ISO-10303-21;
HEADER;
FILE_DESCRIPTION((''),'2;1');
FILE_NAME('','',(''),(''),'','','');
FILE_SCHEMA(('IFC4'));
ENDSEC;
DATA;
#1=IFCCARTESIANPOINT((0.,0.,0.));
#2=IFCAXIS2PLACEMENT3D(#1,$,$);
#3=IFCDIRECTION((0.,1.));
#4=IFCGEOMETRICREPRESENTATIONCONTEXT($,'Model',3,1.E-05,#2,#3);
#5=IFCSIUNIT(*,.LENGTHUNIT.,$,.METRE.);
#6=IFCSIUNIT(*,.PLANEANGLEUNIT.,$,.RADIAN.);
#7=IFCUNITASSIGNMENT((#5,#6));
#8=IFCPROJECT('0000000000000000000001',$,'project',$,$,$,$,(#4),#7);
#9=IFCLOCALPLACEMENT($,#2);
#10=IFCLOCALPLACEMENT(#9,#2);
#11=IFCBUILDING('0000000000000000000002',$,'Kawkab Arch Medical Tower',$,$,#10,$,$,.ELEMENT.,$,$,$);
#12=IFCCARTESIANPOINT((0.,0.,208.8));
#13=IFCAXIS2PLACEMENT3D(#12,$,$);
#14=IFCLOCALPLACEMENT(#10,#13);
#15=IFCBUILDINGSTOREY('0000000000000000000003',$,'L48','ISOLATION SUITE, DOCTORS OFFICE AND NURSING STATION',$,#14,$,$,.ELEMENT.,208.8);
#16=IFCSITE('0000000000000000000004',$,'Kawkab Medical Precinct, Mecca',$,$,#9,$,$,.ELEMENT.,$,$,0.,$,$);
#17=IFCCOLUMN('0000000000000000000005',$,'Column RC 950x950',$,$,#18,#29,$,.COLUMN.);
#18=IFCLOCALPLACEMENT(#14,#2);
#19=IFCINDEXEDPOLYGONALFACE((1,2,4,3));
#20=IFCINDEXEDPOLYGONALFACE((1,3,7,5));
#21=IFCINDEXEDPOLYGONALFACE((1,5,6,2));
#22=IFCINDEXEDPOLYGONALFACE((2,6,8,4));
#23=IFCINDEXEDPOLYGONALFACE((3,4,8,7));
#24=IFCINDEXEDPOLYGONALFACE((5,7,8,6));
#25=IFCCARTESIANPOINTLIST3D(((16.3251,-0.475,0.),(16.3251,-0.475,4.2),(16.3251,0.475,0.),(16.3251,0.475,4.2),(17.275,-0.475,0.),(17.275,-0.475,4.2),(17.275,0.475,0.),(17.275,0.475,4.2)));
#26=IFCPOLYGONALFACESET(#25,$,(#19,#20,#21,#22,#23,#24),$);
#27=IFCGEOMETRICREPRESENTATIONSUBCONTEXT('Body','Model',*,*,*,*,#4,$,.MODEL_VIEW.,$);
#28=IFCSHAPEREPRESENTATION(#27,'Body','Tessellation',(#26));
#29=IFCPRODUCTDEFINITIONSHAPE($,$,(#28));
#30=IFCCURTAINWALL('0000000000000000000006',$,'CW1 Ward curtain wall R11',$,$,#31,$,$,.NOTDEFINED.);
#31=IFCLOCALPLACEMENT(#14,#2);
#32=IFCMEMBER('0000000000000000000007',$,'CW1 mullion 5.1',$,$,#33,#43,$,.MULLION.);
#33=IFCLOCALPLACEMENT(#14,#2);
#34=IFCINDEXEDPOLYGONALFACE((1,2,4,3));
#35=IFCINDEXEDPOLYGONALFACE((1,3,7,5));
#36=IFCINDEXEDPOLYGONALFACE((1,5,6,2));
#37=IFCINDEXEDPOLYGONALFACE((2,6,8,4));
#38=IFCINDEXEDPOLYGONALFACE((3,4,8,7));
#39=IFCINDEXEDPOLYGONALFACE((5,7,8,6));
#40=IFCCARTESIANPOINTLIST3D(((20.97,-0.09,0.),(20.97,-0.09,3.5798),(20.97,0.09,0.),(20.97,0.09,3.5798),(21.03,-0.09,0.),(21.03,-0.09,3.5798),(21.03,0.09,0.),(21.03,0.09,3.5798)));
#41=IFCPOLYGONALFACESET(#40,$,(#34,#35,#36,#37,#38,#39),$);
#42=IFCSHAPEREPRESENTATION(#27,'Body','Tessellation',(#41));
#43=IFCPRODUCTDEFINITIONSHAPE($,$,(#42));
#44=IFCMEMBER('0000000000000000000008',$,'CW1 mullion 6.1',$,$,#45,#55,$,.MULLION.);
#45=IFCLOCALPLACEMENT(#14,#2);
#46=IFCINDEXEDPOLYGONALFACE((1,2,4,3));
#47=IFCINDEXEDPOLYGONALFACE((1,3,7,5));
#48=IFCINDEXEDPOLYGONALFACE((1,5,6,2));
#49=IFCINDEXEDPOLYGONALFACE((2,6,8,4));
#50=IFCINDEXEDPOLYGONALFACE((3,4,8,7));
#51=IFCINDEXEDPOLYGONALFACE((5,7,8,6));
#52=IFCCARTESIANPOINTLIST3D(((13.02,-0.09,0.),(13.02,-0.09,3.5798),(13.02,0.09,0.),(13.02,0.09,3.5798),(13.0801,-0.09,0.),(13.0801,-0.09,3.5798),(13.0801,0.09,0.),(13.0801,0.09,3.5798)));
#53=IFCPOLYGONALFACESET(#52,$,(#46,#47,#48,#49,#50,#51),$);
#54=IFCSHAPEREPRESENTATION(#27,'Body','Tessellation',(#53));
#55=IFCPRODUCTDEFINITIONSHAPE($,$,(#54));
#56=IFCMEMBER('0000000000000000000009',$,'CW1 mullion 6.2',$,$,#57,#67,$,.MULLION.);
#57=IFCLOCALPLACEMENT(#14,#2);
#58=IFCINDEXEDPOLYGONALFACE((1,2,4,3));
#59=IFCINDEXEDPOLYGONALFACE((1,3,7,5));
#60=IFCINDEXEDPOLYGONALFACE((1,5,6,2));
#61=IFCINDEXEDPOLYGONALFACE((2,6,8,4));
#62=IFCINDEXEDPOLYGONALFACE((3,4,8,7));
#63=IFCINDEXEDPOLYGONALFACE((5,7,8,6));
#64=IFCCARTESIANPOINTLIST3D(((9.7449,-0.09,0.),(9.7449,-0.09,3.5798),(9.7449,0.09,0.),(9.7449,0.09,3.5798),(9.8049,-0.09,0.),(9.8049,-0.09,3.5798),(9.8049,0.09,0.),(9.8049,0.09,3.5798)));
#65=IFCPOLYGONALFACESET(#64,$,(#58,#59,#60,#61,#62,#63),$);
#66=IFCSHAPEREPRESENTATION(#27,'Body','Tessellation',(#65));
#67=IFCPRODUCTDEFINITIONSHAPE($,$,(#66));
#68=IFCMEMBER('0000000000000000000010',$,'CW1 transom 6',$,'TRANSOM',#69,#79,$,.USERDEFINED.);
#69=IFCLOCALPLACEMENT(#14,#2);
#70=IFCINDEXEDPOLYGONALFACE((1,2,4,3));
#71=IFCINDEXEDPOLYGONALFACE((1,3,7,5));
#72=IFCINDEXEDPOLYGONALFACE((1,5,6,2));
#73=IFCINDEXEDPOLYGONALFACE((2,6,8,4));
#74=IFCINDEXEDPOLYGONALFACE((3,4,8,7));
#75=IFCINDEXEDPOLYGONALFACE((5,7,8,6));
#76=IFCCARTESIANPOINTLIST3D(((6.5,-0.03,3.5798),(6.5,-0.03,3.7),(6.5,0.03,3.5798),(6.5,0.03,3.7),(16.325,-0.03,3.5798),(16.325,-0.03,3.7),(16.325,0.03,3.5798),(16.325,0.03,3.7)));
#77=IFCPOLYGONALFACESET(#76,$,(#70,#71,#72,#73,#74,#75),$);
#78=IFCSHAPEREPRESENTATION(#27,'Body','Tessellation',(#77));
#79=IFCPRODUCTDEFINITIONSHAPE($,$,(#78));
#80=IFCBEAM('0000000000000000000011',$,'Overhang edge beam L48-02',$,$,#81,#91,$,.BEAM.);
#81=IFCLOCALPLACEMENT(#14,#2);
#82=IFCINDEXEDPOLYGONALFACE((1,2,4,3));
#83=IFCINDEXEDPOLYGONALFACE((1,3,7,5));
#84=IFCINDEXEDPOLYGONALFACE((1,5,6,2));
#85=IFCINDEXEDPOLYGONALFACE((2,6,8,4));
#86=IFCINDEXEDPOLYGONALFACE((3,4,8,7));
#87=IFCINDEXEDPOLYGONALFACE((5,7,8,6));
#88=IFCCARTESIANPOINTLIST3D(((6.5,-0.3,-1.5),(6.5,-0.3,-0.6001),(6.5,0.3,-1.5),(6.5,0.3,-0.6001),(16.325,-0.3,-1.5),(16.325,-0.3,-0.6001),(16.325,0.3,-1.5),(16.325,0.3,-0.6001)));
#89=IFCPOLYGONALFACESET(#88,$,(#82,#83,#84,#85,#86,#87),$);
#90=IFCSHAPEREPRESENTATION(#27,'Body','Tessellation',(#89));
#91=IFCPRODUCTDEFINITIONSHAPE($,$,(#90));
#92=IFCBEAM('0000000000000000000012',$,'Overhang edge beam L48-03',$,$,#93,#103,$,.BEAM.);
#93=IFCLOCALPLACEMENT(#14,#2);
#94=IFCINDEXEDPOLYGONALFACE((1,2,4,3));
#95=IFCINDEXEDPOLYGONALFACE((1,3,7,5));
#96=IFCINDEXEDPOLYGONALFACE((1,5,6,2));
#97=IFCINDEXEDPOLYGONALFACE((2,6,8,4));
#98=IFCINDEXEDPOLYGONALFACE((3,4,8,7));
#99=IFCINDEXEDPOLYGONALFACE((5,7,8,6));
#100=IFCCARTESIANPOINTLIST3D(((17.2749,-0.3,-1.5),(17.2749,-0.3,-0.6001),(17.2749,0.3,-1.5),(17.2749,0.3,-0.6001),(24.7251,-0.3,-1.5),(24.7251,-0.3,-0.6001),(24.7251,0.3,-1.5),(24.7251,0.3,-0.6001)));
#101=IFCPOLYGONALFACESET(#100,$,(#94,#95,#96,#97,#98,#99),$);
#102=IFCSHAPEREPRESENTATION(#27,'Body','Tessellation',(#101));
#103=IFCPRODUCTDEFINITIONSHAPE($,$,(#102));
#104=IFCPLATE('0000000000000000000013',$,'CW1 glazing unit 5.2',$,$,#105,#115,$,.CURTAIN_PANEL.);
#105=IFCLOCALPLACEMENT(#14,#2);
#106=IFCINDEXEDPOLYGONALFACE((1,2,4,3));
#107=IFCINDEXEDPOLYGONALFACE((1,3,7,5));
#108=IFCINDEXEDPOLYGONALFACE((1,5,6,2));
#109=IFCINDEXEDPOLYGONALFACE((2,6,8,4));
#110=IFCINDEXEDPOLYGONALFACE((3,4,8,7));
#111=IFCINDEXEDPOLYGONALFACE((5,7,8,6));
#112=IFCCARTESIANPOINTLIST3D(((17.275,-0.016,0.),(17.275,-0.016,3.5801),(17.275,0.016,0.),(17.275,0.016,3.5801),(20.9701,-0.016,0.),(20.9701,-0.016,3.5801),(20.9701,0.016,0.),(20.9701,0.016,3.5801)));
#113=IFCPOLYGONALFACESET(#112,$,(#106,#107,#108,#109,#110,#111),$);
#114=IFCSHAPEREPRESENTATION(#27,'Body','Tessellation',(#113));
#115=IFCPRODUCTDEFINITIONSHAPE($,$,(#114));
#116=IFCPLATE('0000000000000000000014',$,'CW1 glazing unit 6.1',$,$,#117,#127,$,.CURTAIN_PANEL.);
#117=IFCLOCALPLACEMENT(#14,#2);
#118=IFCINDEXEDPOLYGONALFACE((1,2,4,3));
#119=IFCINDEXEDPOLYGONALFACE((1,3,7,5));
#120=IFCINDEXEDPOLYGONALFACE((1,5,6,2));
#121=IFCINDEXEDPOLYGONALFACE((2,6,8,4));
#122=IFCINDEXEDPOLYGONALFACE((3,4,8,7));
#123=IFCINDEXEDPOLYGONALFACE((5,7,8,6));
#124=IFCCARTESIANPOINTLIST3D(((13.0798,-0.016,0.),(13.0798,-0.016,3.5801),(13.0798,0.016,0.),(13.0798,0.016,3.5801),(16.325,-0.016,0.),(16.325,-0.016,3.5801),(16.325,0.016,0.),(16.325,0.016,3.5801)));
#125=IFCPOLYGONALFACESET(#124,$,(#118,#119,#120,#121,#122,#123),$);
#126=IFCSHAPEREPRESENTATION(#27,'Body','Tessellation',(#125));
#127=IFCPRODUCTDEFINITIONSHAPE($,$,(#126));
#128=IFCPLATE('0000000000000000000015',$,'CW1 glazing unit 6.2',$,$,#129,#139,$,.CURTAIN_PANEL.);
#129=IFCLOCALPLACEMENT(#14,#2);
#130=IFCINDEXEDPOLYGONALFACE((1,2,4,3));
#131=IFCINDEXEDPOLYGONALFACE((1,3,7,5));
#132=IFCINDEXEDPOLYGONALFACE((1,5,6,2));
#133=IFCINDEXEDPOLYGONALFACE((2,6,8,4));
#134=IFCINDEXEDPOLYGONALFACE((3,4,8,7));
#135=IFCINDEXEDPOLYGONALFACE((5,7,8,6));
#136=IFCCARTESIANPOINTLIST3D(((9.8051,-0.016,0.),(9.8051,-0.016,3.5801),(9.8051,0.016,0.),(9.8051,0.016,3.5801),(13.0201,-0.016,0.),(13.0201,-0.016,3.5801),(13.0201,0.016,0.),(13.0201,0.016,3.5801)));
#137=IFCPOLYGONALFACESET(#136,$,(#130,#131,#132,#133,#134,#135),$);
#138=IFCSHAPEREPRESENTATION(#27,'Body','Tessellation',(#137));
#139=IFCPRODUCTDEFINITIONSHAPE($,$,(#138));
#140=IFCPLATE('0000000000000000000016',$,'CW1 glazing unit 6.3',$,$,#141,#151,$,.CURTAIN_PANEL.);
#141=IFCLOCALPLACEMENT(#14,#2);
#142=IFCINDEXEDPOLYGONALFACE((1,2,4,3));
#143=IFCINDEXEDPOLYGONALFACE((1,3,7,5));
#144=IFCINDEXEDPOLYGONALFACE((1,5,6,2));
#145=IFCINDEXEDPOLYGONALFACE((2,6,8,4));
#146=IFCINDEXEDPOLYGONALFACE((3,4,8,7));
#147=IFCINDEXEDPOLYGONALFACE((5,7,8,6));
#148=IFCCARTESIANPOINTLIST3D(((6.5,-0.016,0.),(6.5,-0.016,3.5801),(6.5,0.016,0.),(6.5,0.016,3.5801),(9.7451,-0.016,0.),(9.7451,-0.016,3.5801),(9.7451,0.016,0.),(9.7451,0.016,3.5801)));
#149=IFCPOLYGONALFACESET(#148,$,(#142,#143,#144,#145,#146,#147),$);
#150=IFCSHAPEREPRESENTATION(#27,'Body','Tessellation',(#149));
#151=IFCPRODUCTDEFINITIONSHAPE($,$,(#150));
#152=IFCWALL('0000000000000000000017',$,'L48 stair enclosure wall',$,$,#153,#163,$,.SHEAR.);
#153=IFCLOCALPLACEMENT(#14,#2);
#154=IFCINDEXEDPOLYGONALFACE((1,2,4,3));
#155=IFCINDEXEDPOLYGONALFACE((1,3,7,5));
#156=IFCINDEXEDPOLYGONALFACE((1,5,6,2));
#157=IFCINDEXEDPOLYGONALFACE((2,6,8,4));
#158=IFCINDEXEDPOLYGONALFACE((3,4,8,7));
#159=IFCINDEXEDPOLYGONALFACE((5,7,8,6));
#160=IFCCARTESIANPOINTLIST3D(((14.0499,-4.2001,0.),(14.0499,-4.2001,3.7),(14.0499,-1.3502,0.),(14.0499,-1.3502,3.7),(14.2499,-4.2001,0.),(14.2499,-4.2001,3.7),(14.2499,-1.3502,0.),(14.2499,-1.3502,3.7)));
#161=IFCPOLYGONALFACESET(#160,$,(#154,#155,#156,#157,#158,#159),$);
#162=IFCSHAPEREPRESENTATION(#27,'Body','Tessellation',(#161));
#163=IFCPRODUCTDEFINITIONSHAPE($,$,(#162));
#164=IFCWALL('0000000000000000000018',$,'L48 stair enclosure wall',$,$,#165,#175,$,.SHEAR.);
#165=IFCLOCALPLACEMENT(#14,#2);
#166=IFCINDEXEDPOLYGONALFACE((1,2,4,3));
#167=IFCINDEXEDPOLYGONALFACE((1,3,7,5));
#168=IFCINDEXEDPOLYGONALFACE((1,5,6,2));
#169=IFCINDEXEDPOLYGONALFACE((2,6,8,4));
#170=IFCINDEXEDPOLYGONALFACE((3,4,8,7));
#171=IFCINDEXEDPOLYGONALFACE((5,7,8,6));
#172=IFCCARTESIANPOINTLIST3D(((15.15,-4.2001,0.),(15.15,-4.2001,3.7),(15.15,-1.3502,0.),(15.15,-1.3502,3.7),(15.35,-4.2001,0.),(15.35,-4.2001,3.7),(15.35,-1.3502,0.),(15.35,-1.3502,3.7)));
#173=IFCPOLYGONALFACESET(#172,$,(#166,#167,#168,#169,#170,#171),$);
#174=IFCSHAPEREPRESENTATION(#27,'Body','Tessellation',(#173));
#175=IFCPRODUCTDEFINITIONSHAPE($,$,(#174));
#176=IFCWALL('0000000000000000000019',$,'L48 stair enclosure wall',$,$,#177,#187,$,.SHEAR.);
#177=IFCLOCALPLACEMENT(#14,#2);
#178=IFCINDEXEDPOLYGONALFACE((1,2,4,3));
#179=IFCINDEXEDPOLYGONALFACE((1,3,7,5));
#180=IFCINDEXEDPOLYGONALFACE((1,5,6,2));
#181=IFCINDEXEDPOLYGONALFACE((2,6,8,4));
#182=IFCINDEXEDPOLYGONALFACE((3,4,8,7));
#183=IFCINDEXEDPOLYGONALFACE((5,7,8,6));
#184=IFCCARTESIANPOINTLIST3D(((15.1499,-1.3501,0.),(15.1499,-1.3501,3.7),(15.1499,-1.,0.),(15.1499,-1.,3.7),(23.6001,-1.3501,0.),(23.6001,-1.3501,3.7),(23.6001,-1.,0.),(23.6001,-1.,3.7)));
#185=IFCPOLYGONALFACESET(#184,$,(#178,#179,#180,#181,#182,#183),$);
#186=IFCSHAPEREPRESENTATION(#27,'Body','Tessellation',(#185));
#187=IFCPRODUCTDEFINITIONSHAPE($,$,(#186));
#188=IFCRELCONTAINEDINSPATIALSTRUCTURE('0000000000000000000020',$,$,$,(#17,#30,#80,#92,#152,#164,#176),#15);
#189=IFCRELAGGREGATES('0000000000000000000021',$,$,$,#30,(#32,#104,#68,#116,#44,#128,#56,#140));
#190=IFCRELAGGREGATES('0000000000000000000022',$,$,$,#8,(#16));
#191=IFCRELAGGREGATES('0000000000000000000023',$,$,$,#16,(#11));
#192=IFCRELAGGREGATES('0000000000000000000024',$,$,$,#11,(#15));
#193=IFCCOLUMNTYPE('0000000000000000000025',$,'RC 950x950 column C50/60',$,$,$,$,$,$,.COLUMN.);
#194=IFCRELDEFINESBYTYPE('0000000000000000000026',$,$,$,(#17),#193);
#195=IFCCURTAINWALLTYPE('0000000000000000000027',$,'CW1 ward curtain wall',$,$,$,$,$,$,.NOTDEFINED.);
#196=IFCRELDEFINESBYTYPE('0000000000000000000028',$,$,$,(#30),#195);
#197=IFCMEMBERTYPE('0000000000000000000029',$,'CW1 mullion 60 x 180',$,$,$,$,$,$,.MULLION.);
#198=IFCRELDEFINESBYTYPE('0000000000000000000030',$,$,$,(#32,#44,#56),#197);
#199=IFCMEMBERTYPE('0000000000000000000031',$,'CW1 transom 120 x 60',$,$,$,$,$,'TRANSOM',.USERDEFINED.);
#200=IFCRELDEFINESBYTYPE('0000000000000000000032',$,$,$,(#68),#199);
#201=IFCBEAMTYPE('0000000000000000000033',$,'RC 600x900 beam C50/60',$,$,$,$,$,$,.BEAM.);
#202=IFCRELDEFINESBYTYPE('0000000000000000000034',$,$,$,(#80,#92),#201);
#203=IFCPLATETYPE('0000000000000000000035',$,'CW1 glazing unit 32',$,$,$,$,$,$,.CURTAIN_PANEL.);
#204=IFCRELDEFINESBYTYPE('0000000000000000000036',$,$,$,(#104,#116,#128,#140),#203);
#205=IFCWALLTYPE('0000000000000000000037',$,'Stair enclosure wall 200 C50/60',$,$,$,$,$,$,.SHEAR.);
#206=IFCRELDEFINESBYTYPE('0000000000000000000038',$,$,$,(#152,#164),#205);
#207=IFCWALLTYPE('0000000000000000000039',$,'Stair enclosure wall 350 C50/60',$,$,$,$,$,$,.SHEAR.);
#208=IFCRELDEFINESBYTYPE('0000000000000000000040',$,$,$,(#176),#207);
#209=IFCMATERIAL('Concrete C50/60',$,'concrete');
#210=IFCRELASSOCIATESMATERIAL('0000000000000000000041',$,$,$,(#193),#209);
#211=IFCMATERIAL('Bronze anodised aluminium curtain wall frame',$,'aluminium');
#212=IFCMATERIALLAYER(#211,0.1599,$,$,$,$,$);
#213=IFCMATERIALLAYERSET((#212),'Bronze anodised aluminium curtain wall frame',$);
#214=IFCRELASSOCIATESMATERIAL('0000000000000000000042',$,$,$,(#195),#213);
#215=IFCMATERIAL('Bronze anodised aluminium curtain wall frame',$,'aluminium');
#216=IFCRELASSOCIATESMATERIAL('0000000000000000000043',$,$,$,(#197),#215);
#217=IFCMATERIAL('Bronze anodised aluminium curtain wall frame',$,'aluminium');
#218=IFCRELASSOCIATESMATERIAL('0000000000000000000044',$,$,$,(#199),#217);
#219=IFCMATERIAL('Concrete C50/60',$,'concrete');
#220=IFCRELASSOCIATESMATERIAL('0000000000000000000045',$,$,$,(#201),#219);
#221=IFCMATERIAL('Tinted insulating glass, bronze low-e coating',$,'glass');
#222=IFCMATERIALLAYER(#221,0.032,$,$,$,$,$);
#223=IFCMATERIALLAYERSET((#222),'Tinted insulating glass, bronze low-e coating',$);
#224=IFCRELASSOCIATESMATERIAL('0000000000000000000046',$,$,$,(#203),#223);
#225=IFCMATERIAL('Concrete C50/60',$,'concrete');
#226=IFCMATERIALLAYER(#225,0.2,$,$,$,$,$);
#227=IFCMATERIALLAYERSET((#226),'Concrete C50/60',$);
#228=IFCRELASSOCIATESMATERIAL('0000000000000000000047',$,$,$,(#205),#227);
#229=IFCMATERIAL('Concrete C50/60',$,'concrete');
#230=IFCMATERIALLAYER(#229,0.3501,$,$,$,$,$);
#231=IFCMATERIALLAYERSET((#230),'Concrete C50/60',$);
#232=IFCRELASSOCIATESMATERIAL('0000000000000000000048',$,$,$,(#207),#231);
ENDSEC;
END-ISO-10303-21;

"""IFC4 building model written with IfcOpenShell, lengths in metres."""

from ifc_helpers import new_model, si_unit, direction, frame, frame_2d, origin, origin_2d, place, context, subcontext, project, spatial, rectangle, extrude, material, layer, layer_set, material_profile, profile_set, type_object, element, aggregate, save


model = new_model("IFC4")

# Units and contexts
model_context = context("Model", 3, precision=1e-05, world=origin(), true_north=direction((0.0, 1.0)))
body_context = subcontext(model_context, "Body", "Model", "MODEL_VIEW")
ifc_project = project(units=[si_unit("LENGTHUNIT", "METRE"), si_unit("PLANEANGLEUNIT", "RADIAN")], contexts=[model_context])

# Site, building, storey
site_placement = place(None, origin())
site = spatial("IfcSite", under=ifc_project, at=site_placement, Name="Kawkab Medical Precinct, Mecca", CompositionType="ELEMENT", RefElevation=0.0)
building_placement = place(site_placement, origin())
building = spatial("IfcBuilding", under=site, at=building_placement, Name="Kawkab Arch Medical Tower", CompositionType="ELEMENT")
storey_placement = place(building_placement, frame((0.0, 0.0, 208.8)))
storey = spatial("IfcBuildingStorey", under=building, at=storey_placement, Name="L48", Description="ISOLATION SUITE, DOCTORS OFFICE AND NURSING STATION", CompositionType="ELEMENT", Elevation=208.8)

# Column
ifc_material_1 = material(Name="Concrete C50/60", Category="concrete")
ifc_material_profile_1 = material_profile(ifc_material_1, rectangle(XDim=0.95, YDim=0.95, at=origin_2d()), Name="RC 950x950")
ifc_profile_set_1 = profile_set([ifc_material_profile_1], Name="Concrete C50/60")
column_type = type_object("IfcColumnType", Name="RC 950x950 column C50/60", PredefinedType="COLUMN", material=ifc_profile_set_1)
column_placement = place(storey_placement, frame((16.8, 0.0, 0.0), z_axis=(0.0, 0.0, 1.0), x_axis=(1.0, 0.0, 0.0)))
element("IfcColumn", 1, at=column_placement, inside=storey, type_object=column_type, Name="Column RC 950x950", PredefinedType="COLUMN", context=body_context, shape_type="SweptSolid", body=[
    extrude(rectangle(XDim=0.95, YDim=0.95, at=origin_2d()), origin(), (0.0, 0.0, 1.0), 4.2),
])

# Curtain wall, members
ifc_material_2 = material(Name="Bronze anodised aluminium curtain wall frame", Category="aluminium")
ifc_layer_1 = layer(ifc_material_2, 0.1599)
ifc_layer_set_1 = layer_set([ifc_layer_1], Name="Bronze anodised aluminium curtain wall frame")
curtain_wall_type = type_object("IfcCurtainWallType", Name="CW1 ward curtain wall", PredefinedType="NOTDEFINED", material=ifc_layer_set_1)
placement = place(storey_placement, origin())
curtain_wall = element("IfcCurtainWall", 2, at=placement, inside=storey, type_object=curtain_wall_type, Name="CW1 Ward curtain wall R11", PredefinedType="NOTDEFINED")
ifc_material_3 = material(Name="Bronze anodised aluminium curtain wall frame", Category="aluminium")
ifc_material_profile_2 = material_profile(ifc_material_3, rectangle(XDim=0.1799, YDim=0.0601, at=origin_2d()), Name="AL 60x180")
ifc_profile_set_2 = profile_set([ifc_material_profile_2], Name="Bronze anodised aluminium curtain wall frame")
member_type_1 = type_object("IfcMemberType", Name="CW1 mullion 60 x 180", PredefinedType="MULLION", material=ifc_profile_set_2)
member_1_placement = place(storey_placement, frame((21.0, 0.0, 0.0), z_axis=(0.0, 0.0, 1.0), x_axis=(0.0, -1.0, 0.0)))
member_1 = element("IfcMember", 3, at=member_1_placement, type_object=member_type_1, Name="CW1 mullion 5.1", PredefinedType="MULLION", context=body_context, shape_type="SweptSolid", body=[
    extrude(rectangle(XDim=0.1799, YDim=0.0601, at=origin_2d()), origin(), (0.0, 0.0, 1.0), 3.5798),
])
member_2_placement = place(storey_placement, frame((13.05, 0.0, 0.0), z_axis=(0.0, 0.0, 1.0), x_axis=(0.0, -1.0, 0.0)))
member_2 = element("IfcMember", 4, at=member_2_placement, type_object=member_type_1, Name="CW1 mullion 6.1", PredefinedType="MULLION", context=body_context, shape_type="SweptSolid", body=[
    extrude(rectangle(XDim=0.1799, YDim=0.0601, at=origin_2d()), origin(), (0.0, 0.0, 1.0), 3.5798),
])
member_3_placement = place(storey_placement, frame((9.7749, 0.0, 0.0), z_axis=(0.0, 0.0, 1.0), x_axis=(0.0, -1.0, 0.0)))
member_3 = element("IfcMember", 5, at=member_3_placement, type_object=member_type_1, Name="CW1 mullion 6.2", PredefinedType="MULLION", context=body_context, shape_type="SweptSolid", body=[
    extrude(rectangle(XDim=0.1799, YDim=0.0601, at=origin_2d()), origin(), (0.0, 0.0, 1.0), 3.5798),
])
ifc_material_4 = material(Name="Bronze anodised aluminium curtain wall frame", Category="aluminium")
ifc_material_profile_3 = material_profile(ifc_material_4, rectangle(XDim=0.0601, YDim=0.1201, at=origin_2d()), Name="AL 60x120")
ifc_profile_set_3 = profile_set([ifc_material_profile_3], Name="Bronze anodised aluminium curtain wall frame")
member_type_2 = type_object("IfcMemberType", Name="CW1 transom 120 x 60", ElementType="TRANSOM", PredefinedType="USERDEFINED", material=ifc_profile_set_3)
member_4_placement = place(storey_placement, frame((16.325, 0.0, 3.6399), z_axis=(-1.0, 0.0, 0.0), x_axis=(0.0, -1.0, 0.0)))
member_4 = element("IfcMember", 6, at=member_4_placement, type_object=member_type_2, Name="CW1 transom 6", ObjectType="TRANSOM", PredefinedType="USERDEFINED", context=body_context, shape_type="SweptSolid", body=[
    extrude(rectangle(XDim=0.0601, YDim=0.1201, at=origin_2d()), origin(), (0.0, 0.0, 1.0), 9.825),
])

# Beams
ifc_material_5 = material(Name="Concrete C50/60", Category="concrete")
ifc_material_profile_4 = material_profile(ifc_material_5, rectangle(XDim=0.6001, YDim=0.8999, at=origin_2d()), Name="RC 600x900")
ifc_profile_set_4 = profile_set([ifc_material_profile_4], Name="Concrete C50/60")
beam_type = type_object("IfcBeamType", Name="RC 600x900 beam C50/60", PredefinedType="BEAM", material=ifc_profile_set_4)
beam_1_placement = place(storey_placement, frame((6.5, 0.0, -1.05), z_axis=(1.0, 0.0, 0.0), x_axis=(0.0, 1.0, 0.0)))
element("IfcBeam", 7, at=beam_1_placement, inside=storey, type_object=beam_type, Name="Overhang edge beam L48-02", PredefinedType="BEAM", context=body_context, shape_type="SweptSolid", body=[
    extrude(rectangle(XDim=0.6001, YDim=0.8999, at=origin_2d()), origin(), (0.0, 0.0, 1.0), 9.825),
])
beam_2_placement = place(storey_placement, frame((17.2749, 0.0, -1.05), z_axis=(1.0, 0.0, 0.0), x_axis=(0.0, 1.0, 0.0)))
element("IfcBeam", 8, at=beam_2_placement, inside=storey, type_object=beam_type, Name="Overhang edge beam L48-03", PredefinedType="BEAM", context=body_context, shape_type="SweptSolid", body=[
    extrude(rectangle(XDim=0.6001, YDim=0.8999, at=origin_2d()), origin(), (0.0, 0.0, 1.0), 7.4502),
])

# Plates
ifc_material_6 = material(Name="Tinted insulating glass, bronze low-e coating", Category="glass")
ifc_layer_2 = layer(ifc_material_6, 0.032)
ifc_layer_set_2 = layer_set([ifc_layer_2], Name="Tinted insulating glass, bronze low-e coating")
plate_type = type_object("IfcPlateType", Name="CW1 glazing unit 32", PredefinedType="CURTAIN_PANEL", material=ifc_layer_set_2)
plate_1_placement = place(storey_placement, frame((19.1226, 0.0, 0.0), z_axis=(0.0, 0.0, 1.0), x_axis=(-1.0, 0.0, 0.0)))
plate_1 = element("IfcPlate", 9, at=plate_1_placement, type_object=plate_type, Name="CW1 glazing unit 5.2", PredefinedType="CURTAIN_PANEL", context=body_context, shape_type="SweptSolid", body=[
    extrude(rectangle(XDim=3.6951, YDim=0.032, at=origin_2d()), origin(), (0.0, 0.0, 1.0), 3.5801),
])
plate_2_placement = place(storey_placement, frame((14.7024, 0.0, 0.0), z_axis=(0.0, 0.0, 1.0), x_axis=(-1.0, 0.0, 0.0)))
plate_2 = element("IfcPlate", 10, at=plate_2_placement, type_object=plate_type, Name="CW1 glazing unit 6.1", PredefinedType="CURTAIN_PANEL", context=body_context, shape_type="SweptSolid", body=[
    extrude(rectangle(XDim=3.2451, YDim=0.032, at=origin_2d()), origin(), (0.0, 0.0, 1.0), 3.5801),
])
plate_3_placement = place(storey_placement, frame((11.4126, 0.0, 0.0), z_axis=(0.0, 0.0, 1.0), x_axis=(-1.0, 0.0, 0.0)))
plate_3 = element("IfcPlate", 11, at=plate_3_placement, type_object=plate_type, Name="CW1 glazing unit 6.2", PredefinedType="CURTAIN_PANEL", context=body_context, shape_type="SweptSolid", body=[
    extrude(rectangle(XDim=3.2151, YDim=0.032, at=origin_2d()), origin(), (0.0, 0.0, 1.0), 3.5801),
])
plate_4_placement = place(storey_placement, frame((8.1226, 0.0, 0.0), z_axis=(0.0, 0.0, 1.0), x_axis=(-1.0, 0.0, 0.0)))
plate_4 = element("IfcPlate", 12, at=plate_4_placement, type_object=plate_type, Name="CW1 glazing unit 6.3", PredefinedType="CURTAIN_PANEL", context=body_context, shape_type="SweptSolid", body=[
    extrude(rectangle(XDim=3.2451, YDim=0.032, at=origin_2d()), origin(), (0.0, 0.0, 1.0), 3.5801),
])
aggregate(curtain_wall, [member_1, plate_1, member_4, plate_2, member_2, plate_3, member_3, plate_4])

# Walls
ifc_material_7 = material(Name="Concrete C50/60", Category="concrete")
ifc_layer_3 = layer(ifc_material_7, 0.2)
ifc_layer_set_3 = layer_set([ifc_layer_3], Name="Concrete C50/60")
wall_type_1 = type_object("IfcWallType", Name="Stair enclosure wall 200 C50/60", PredefinedType="SHEAR", material=ifc_layer_set_3)
for number, where, z_axis, x_axis, name in (
    (13, (14.1499, -4.2, 0.0), (0.0, 0.0, 1.0), (0.0, 1.0, 0.0), "L48 stair enclosure wall"),
    (14, (15.25, -4.2, 0.0), (0.0, 0.0, 1.0), (0.0, 1.0, 0.0), "L48 stair enclosure wall"),
):
    element("IfcWall", number, at=place(storey_placement, frame(where, z_axis=z_axis, x_axis=x_axis)), inside=storey, type_object=wall_type_1, Name=name, PredefinedType="SHEAR", context=body_context, shape_type="SweptSolid", body=[
        extrude(rectangle(XDim=2.8499, YDim=0.2, at=frame_2d((1.4248, 0.0))), origin(), (0.0, 0.0, 1.0), 3.7),
    ])
ifc_material_8 = material(Name="Concrete C50/60", Category="concrete")
ifc_layer_4 = layer(ifc_material_8, 0.3501)
ifc_layer_set_4 = layer_set([ifc_layer_4], Name="Concrete C50/60")
wall_type_2 = type_object("IfcWallType", Name="Stair enclosure wall 350 C50/60", PredefinedType="SHEAR", material=ifc_layer_set_4)
wall_placement = place(storey_placement, frame((15.1499, -1.175, 0.0), z_axis=(0.0, 0.0, 1.0), x_axis=(1.0, 0.0, 0.0)))
element("IfcWall", 15, at=wall_placement, inside=storey, type_object=wall_type_2, Name="L48 stair enclosure wall", PredefinedType="SHEAR", context=body_context, shape_type="SweptSolid", body=[
    extrude(rectangle(XDim=8.4502, YDim=0.3501, at=frame_2d((4.2251, 0.0))), origin(), (0.0, 0.0, 1.0), 3.7),
])

save(model, "model.ifc")
